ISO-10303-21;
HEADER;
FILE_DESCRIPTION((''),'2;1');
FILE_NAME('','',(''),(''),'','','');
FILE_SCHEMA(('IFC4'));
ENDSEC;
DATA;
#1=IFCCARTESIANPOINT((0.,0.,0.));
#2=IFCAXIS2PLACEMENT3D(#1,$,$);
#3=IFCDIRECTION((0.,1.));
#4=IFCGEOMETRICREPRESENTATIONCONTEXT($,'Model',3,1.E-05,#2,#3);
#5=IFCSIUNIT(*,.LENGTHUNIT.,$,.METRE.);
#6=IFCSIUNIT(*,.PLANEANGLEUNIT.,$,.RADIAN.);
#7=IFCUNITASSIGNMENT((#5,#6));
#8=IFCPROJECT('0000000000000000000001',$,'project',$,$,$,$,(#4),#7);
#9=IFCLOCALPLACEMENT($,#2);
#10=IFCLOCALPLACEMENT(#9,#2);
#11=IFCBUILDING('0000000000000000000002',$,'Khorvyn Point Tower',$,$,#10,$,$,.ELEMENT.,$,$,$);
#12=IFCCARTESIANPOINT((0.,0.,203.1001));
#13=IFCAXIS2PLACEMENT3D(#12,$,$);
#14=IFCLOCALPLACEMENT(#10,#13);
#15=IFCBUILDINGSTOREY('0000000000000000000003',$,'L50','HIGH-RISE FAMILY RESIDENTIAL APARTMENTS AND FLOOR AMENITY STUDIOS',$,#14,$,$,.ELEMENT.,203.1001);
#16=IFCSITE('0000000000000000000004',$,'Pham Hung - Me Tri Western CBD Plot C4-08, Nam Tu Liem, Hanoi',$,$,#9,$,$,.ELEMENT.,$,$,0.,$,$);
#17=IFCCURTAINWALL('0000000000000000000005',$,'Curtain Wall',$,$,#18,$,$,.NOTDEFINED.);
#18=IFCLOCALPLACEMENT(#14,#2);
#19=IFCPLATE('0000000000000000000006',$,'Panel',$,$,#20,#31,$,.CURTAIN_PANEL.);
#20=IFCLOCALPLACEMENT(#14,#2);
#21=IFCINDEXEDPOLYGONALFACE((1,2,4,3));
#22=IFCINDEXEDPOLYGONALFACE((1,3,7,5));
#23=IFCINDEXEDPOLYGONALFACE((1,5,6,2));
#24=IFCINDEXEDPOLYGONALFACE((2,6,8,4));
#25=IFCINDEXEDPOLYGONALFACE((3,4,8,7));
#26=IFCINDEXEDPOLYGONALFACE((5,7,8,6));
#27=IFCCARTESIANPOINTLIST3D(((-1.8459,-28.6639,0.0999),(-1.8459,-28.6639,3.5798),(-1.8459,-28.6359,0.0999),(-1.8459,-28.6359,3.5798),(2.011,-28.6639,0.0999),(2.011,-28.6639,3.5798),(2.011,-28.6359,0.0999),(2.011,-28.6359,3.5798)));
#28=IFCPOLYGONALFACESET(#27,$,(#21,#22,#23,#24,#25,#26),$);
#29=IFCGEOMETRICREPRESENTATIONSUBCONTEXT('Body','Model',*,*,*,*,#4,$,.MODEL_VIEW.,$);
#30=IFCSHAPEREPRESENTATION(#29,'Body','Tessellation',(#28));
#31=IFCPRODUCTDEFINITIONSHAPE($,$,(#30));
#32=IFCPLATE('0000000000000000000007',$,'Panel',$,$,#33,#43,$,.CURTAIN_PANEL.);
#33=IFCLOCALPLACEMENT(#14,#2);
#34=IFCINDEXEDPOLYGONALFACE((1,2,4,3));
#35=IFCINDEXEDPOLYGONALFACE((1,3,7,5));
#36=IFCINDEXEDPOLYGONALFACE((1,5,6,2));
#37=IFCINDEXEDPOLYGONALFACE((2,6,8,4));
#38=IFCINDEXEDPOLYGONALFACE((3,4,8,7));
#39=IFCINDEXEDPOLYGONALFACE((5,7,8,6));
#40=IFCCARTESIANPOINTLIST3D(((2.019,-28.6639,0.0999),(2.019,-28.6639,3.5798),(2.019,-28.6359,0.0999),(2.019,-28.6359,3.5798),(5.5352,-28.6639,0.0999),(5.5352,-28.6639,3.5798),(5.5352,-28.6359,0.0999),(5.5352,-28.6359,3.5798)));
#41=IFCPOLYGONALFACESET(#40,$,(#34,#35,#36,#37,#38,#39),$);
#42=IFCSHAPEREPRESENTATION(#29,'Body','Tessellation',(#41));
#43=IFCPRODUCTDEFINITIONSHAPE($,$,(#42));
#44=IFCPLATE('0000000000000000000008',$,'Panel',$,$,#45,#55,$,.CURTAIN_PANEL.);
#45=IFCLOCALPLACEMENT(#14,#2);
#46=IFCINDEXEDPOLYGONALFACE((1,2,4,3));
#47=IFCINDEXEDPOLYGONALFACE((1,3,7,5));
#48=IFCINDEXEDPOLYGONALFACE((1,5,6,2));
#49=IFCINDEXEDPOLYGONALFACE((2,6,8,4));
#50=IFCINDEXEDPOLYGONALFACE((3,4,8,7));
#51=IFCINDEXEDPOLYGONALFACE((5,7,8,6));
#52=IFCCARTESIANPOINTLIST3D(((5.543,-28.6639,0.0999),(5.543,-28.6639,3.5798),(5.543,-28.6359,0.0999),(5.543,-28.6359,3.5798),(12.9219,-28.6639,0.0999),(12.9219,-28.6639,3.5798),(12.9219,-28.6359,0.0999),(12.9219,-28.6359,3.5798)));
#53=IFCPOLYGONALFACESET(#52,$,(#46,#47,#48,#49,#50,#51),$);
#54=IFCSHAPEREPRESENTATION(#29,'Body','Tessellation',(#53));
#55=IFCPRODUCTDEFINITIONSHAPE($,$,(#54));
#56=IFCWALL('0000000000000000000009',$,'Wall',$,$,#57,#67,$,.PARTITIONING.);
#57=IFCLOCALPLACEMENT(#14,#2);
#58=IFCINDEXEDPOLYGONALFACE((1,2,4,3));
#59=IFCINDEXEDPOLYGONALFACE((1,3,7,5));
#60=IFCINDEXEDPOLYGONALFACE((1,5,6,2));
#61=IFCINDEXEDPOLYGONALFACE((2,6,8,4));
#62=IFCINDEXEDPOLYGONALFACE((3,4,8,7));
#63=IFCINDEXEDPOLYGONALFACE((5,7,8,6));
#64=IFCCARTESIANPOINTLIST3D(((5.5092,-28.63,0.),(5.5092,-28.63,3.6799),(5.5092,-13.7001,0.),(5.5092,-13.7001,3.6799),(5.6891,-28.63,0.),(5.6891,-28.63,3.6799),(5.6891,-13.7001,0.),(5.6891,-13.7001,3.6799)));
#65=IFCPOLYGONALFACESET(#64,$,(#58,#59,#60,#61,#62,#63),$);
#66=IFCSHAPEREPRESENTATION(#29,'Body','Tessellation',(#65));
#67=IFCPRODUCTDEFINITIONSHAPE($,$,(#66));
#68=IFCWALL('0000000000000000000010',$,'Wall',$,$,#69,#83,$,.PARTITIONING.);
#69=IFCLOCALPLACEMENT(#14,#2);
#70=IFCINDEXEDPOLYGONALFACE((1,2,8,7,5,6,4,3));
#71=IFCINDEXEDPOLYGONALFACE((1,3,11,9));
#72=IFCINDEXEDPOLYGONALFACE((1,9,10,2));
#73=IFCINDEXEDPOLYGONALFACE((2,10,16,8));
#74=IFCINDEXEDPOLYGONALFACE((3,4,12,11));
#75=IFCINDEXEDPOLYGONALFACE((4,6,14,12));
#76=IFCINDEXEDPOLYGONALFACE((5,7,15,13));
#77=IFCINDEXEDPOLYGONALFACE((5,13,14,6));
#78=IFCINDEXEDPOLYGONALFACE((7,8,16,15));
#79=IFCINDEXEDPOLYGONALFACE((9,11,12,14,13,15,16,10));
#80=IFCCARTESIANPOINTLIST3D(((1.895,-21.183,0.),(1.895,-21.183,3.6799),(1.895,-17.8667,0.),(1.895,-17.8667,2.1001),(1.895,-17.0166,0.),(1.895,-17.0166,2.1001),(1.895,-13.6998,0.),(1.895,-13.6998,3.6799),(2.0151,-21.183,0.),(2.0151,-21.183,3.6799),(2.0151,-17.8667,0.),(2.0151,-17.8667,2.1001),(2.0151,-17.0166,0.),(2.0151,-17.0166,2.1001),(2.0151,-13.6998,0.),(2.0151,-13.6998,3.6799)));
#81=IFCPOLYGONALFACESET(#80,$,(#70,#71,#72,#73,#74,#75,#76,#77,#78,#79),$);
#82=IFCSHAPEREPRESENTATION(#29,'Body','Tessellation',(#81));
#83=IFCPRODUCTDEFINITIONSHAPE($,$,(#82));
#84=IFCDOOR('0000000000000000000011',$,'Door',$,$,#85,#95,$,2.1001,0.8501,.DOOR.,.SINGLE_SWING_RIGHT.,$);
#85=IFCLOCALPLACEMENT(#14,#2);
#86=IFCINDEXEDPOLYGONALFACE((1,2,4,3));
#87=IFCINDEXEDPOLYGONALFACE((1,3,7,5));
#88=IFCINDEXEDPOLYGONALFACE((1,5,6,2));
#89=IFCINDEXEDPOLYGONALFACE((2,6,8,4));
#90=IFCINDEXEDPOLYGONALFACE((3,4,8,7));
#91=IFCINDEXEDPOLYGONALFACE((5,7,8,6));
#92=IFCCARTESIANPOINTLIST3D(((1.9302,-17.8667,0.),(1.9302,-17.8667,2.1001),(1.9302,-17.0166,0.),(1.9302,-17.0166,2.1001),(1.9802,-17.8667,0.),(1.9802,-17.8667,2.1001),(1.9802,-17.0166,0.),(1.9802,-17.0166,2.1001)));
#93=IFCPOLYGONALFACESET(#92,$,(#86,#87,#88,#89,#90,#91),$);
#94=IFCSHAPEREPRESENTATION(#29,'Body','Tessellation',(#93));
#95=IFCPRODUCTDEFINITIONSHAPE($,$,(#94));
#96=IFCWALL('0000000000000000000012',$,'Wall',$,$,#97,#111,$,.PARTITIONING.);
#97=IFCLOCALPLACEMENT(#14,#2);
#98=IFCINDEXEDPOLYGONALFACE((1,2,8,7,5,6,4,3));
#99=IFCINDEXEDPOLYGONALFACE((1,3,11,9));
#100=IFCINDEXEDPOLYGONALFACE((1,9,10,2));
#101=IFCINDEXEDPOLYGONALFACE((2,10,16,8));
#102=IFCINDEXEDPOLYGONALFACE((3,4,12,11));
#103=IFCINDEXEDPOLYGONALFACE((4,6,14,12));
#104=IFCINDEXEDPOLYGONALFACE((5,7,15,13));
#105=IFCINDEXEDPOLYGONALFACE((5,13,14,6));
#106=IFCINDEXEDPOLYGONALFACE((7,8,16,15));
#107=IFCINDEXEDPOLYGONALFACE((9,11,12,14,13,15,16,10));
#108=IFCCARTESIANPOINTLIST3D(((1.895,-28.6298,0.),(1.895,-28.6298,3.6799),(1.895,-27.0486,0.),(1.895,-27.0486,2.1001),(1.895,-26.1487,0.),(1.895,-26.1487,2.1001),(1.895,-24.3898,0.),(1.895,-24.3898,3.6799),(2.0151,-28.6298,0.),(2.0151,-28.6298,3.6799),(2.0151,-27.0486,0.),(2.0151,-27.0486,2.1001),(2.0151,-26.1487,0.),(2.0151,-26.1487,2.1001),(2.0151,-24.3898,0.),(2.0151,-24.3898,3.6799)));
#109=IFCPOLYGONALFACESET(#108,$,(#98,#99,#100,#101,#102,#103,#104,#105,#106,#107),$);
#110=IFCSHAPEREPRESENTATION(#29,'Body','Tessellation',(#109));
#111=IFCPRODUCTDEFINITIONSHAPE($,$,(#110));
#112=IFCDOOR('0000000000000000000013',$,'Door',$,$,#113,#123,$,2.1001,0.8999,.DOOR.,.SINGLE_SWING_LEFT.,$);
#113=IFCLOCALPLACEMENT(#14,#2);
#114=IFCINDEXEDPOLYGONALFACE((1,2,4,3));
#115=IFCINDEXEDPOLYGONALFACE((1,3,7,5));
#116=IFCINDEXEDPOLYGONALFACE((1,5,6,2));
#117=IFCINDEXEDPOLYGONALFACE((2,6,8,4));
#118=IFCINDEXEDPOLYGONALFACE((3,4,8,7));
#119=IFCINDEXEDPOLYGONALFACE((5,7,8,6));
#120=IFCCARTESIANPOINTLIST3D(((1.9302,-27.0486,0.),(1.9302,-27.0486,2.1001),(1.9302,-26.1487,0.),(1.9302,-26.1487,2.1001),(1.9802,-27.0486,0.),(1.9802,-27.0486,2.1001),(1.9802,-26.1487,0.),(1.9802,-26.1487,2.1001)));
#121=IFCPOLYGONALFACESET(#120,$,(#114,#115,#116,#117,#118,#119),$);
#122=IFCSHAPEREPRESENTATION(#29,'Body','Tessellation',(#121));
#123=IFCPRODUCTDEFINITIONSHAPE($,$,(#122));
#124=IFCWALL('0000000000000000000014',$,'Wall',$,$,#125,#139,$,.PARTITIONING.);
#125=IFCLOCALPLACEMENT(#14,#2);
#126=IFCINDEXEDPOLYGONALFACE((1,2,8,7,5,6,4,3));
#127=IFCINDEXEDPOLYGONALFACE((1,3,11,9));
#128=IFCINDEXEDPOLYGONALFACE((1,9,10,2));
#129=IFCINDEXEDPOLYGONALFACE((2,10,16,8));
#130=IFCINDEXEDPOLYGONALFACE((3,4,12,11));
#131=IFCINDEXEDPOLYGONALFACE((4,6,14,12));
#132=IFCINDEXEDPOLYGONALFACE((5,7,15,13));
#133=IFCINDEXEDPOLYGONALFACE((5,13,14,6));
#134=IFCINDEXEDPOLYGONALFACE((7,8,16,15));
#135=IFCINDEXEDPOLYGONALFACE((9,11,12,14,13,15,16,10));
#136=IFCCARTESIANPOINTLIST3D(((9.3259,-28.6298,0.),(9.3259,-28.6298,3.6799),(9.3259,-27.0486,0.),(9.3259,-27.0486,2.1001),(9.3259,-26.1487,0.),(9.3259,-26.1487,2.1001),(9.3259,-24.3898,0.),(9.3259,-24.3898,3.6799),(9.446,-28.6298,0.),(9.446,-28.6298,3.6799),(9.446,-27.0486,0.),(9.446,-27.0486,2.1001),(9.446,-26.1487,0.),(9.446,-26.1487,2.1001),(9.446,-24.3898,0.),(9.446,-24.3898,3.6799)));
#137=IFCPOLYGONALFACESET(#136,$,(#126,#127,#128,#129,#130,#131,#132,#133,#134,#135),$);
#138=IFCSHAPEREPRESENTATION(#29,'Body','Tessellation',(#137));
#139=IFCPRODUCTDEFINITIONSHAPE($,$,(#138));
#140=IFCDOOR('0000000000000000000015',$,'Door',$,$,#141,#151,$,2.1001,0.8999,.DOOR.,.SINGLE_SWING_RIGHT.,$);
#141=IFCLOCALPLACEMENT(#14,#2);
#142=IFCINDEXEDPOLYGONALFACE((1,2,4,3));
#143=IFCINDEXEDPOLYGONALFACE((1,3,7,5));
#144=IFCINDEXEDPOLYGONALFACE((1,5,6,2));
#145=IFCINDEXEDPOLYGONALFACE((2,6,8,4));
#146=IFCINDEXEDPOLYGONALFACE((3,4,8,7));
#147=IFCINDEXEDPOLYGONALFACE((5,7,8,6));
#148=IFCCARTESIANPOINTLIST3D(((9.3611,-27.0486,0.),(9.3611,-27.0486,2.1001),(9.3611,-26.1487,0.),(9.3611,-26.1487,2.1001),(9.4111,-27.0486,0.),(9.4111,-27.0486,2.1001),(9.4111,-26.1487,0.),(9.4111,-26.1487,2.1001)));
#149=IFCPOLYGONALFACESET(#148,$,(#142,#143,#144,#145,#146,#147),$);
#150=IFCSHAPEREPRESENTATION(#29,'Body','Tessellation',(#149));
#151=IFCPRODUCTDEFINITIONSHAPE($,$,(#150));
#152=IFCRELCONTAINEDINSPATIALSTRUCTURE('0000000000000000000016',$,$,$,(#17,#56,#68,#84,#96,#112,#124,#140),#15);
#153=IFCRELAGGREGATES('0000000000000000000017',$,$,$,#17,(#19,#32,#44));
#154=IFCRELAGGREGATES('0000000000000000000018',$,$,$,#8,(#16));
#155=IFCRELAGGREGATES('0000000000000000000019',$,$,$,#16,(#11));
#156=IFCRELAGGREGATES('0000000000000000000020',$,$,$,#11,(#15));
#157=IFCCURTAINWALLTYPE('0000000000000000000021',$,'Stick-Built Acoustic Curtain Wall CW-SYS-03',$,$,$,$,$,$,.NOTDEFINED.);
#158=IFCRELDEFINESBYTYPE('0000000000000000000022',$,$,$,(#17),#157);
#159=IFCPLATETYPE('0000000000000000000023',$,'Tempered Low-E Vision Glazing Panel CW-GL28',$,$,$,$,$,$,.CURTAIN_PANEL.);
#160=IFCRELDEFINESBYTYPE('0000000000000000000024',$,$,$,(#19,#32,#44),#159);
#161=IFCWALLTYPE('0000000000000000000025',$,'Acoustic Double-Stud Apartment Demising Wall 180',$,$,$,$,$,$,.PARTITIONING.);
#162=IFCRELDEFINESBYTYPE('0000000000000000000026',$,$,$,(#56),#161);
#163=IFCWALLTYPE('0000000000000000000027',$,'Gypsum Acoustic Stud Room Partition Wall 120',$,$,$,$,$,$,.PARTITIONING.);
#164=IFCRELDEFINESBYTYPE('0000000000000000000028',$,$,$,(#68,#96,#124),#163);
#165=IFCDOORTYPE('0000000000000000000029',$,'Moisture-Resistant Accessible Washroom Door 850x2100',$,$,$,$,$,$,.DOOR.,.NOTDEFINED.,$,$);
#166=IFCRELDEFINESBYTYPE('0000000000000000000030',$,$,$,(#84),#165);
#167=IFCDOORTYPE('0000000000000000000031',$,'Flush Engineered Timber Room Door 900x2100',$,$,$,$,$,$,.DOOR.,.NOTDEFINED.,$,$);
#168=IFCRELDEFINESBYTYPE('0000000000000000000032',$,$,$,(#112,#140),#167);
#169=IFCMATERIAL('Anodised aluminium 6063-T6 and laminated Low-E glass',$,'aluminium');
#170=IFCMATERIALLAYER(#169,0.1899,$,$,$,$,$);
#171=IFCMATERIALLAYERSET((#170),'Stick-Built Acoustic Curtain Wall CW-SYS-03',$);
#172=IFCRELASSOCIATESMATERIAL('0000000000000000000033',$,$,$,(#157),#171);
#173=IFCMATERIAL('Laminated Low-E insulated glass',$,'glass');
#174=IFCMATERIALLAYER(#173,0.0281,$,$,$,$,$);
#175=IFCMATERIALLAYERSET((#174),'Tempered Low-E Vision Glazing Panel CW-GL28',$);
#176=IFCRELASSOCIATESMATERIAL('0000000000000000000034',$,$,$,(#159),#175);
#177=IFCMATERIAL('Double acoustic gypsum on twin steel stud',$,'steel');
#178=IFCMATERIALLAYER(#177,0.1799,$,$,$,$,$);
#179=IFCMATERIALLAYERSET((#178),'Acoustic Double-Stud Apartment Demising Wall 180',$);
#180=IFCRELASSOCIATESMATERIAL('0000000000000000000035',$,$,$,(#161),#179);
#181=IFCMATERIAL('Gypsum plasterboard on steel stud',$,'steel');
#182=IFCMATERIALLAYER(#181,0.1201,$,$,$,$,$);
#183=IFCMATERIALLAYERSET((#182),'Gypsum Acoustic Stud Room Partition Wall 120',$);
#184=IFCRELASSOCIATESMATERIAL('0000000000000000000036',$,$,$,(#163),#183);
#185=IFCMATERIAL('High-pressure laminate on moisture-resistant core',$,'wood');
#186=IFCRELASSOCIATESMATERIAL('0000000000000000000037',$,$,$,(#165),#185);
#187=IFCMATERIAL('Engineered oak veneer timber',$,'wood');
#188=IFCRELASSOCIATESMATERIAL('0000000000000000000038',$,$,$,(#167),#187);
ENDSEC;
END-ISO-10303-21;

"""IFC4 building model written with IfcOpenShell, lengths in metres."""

from ifc_helpers import new_model, si_unit, direction, frame, frame_2d, origin, origin_2d, place, context, subcontext, project, spatial, rectangle, extrude, material, layer, layer_set, type_object, element, fill, aggregate, save


model = new_model("IFC4")

# Units and contexts
model_context = context("Model", 3, precision=1e-05, world=origin(), true_north=direction((0.0, 1.0)))
body_context = subcontext(model_context, "Body", "Model", "MODEL_VIEW")
ifc_project = project(units=[si_unit("LENGTHUNIT", "METRE"), si_unit("PLANEANGLEUNIT", "RADIAN")], contexts=[model_context])

# Site, building, storey
site_placement = place(None, origin())
site = spatial("IfcSite", under=ifc_project, at=site_placement, Name="Pham Hung - Me Tri Western CBD Plot C4-08, Nam Tu Liem, Hanoi", CompositionType="ELEMENT", RefElevation=0.0)
building_placement = place(site_placement, origin())
building = spatial("IfcBuilding", under=site, at=building_placement, Name="Khorvyn Point Tower", CompositionType="ELEMENT")
storey_placement = place(building_placement, frame((0.0, 0.0, 203.1001)))
storey = spatial("IfcBuildingStorey", under=building, at=storey_placement, Name="L50", Description="HIGH-RISE FAMILY RESIDENTIAL APARTMENTS AND FLOOR AMENITY STUDIOS", CompositionType="ELEMENT", Elevation=203.1001)

# Curtain wall, plates
ifc_material_1 = material(Name="Anodised aluminium 6063-T6 and laminated Low-E glass", Category="aluminium")
ifc_layer_1 = layer(ifc_material_1, 0.1899)
ifc_layer_set_1 = layer_set([ifc_layer_1], Name="Stick-Built Acoustic Curtain Wall CW-SYS-03")
curtain_wall_type = type_object("IfcCurtainWallType", Name="Stick-Built Acoustic Curtain Wall CW-SYS-03", PredefinedType="NOTDEFINED", material=ifc_layer_set_1)
curtain_wall_placement = place(storey_placement, origin())
curtain_wall = element("IfcCurtainWall", 1, at=curtain_wall_placement, inside=storey, type_object=curtain_wall_type, Name="Curtain Wall", PredefinedType="NOTDEFINED")
ifc_material_2 = material(Name="Laminated Low-E insulated glass", Category="glass")
ifc_layer_2 = layer(ifc_material_2, 0.0281)
ifc_layer_set_2 = layer_set([ifc_layer_2], Name="Tempered Low-E Vision Glazing Panel CW-GL28")
plate_type = type_object("IfcPlateType", Name="Tempered Low-E Vision Glazing Panel CW-GL28", PredefinedType="CURTAIN_PANEL", material=ifc_layer_set_2)
plate_1_placement = place(storey_placement, frame((0.0825, -28.6499, 0.0999), z_axis=(0.0, 0.0, 1.0), x_axis=(-1.0, 0.0, 0.0)))
plate_1 = element("IfcPlate", 2, at=plate_1_placement, type_object=plate_type, Name="Panel", PredefinedType="CURTAIN_PANEL", context=body_context, shape_type="SweptSolid", body=[
    extrude(rectangle(XDim=3.8569, YDim=0.0281, at=origin_2d()), origin(), (0.0, 0.0, 1.0), 3.48),
])
plate_2_placement = place(storey_placement, frame((3.7771, -28.6499, 0.0999), z_axis=(0.0, 0.0, 1.0), x_axis=(-1.0, 0.0, 0.0)))
plate_2 = element("IfcPlate", 3, at=plate_2_placement, type_object=plate_type, Name="Panel", PredefinedType="CURTAIN_PANEL", context=body_context, shape_type="SweptSolid", body=[
    extrude(rectangle(XDim=3.5161, YDim=0.0281, at=origin_2d()), origin(), (0.0, 0.0, 1.0), 3.48),
])
plate_3_placement = place(storey_placement, frame((9.2324, -28.6499, 0.0999), z_axis=(0.0, 0.0, 1.0), x_axis=(-1.0, 0.0, 0.0)))
plate_3 = element("IfcPlate", 4, at=plate_3_placement, type_object=plate_type, Name="Panel", PredefinedType="CURTAIN_PANEL", context=body_context, shape_type="SweptSolid", body=[
    extrude(rectangle(XDim=7.3789, YDim=0.0281, at=origin_2d()), origin(), (0.0, 0.0, 1.0), 3.48),
])
aggregate(curtain_wall, [plate_1, plate_2, plate_3])

# Wall
ifc_material_3 = material(Name="Double acoustic gypsum on twin steel stud", Category="steel")
ifc_layer_3 = layer(ifc_material_3, 0.1799)
ifc_layer_set_3 = layer_set([ifc_layer_3], Name="Acoustic Double-Stud Apartment Demising Wall 180")
wall_type_1 = type_object("IfcWallType", Name="Acoustic Double-Stud Apartment Demising Wall 180", PredefinedType="PARTITIONING", material=ifc_layer_set_3)
wall_1_placement = place(storey_placement, frame((5.5991, -28.6299, 0.0), z_axis=(0.0, 0.0, 1.0), x_axis=(0.0, 1.0, 0.0)))
element("IfcWall", 5, at=wall_1_placement, inside=storey, type_object=wall_type_1, Name="Wall", PredefinedType="PARTITIONING", context=body_context, shape_type="SweptSolid", body=[
    extrude(rectangle(XDim=14.9299, YDim=0.1799, at=frame_2d((7.4648, 0.0))), origin(), (0.0, 0.0, 1.0), 3.6799),
])

# Walls, openings, doors
ifc_material_4 = material(Name="Gypsum plasterboard on steel stud", Category="steel")
ifc_layer_4 = layer(ifc_material_4, 0.1201)
ifc_layer_set_4 = layer_set([ifc_layer_4], Name="Gypsum Acoustic Stud Room Partition Wall 120")
wall_type_2 = type_object("IfcWallType", Name="Gypsum Acoustic Stud Room Partition Wall 120", PredefinedType="PARTITIONING", material=ifc_layer_set_4)
wall_2_placement = place(storey_placement, frame((1.9551, -21.1831, 0.0), z_axis=(0.0, 0.0, 1.0), x_axis=(0.0, 1.0, 0.0)))
wall_2 = element("IfcWall", 6, at=wall_2_placement, inside=storey, type_object=wall_type_2, Name="Wall", PredefinedType="PARTITIONING", context=body_context, shape_type="SweptSolid", body=[
    extrude(rectangle(XDim=7.4832, YDim=0.1201, at=frame_2d((3.7417, 0.0))), origin(), (0.0, 0.0, 1.0), 3.6799),
])
opening_1_placement = place(wall_2_placement, frame((3.3164, 0.0, 0.0)))
opening_1 = element("IfcOpeningElement", 7, at=opening_1_placement, cuts=wall_2, PredefinedType="OPENING", context=body_context, shape_type="SweptSolid", body=[
    extrude(rectangle(XDim=0.8501, YDim=2.1001, at=frame_2d((0.425, 1.05))), frame((0.0, 0.0701, 0.0), z_axis=(0.0, -1.0, 0.0), x_axis=(1.0, 0.0, 0.0)), (0.0, 0.0, 1.0), 0.1401),
])
ifc_material_5 = material(Name="High-pressure laminate on moisture-resistant core", Category="wood")
door_type_1 = type_object("IfcDoorType", Name="Moisture-Resistant Accessible Washroom Door 850x2100", OperationType="NOTDEFINED", PredefinedType="DOOR", material=ifc_material_5)
door_1_placement = place(opening_1_placement, origin())
door_1 = element("IfcDoor", 8, at=door_1_placement, inside=storey, type_object=door_type_1, Name="Door", OperationType="SINGLE_SWING_RIGHT", OverallHeight=2.1001, OverallWidth=0.8501, PredefinedType="DOOR", context=body_context, shape_type="SweptSolid", body=[
    extrude(rectangle(XDim=0.8501, YDim=2.1001, at=frame_2d((0.425, 1.05))), frame((0.0, 0.0249, 0.0), z_axis=(0.0, -1.0, 0.0), x_axis=(1.0, 0.0, 0.0)), (0.0, 0.0, 1.0), 0.05),
])
fill(opening_1, door_1)
wall_3_placement = place(storey_placement, frame((1.9551, -28.6299, 0.0), z_axis=(0.0, 0.0, 1.0), x_axis=(0.0, 1.0, 0.0)))
wall_3 = element("IfcWall", 9, at=wall_3_placement, inside=storey, type_object=wall_type_2, Name="Wall", PredefinedType="PARTITIONING", context=body_context, shape_type="SweptSolid", body=[
    extrude(rectangle(XDim=4.24, YDim=0.1201, at=frame_2d((2.1201, 0.0))), origin(), (0.0, 0.0, 1.0), 3.6799),
])
opening_2_placement = place(wall_3_placement, frame((1.5813, 0.0, 0.0)))
opening_2 = element("IfcOpeningElement", 10, at=opening_2_placement, cuts=wall_3, PredefinedType="OPENING", context=body_context, shape_type="SweptSolid", body=[
    extrude(rectangle(XDim=0.8999, YDim=2.1001, at=frame_2d((0.45, 1.05))), frame((0.0, 0.0701, 0.0), z_axis=(0.0, -1.0, 0.0), x_axis=(1.0, 0.0, 0.0)), (0.0, 0.0, 1.0), 0.1401),
])
ifc_material_6 = material(Name="Engineered oak veneer timber", Category="wood")
door_type_2 = type_object("IfcDoorType", Name="Flush Engineered Timber Room Door 900x2100", OperationType="NOTDEFINED", PredefinedType="DOOR", material=ifc_material_6)
door_2_placement = place(opening_2_placement, origin())
door_2 = element("IfcDoor", 11, at=door_2_placement, inside=storey, type_object=door_type_2, Name="Door", OperationType="SINGLE_SWING_LEFT", OverallHeight=2.1001, OverallWidth=0.8999, PredefinedType="DOOR", context=body_context, shape_type="SweptSolid", body=[
    extrude(rectangle(XDim=0.8999, YDim=2.1001, at=frame_2d((0.45, 1.05))), frame((0.0, 0.0249, 0.0), z_axis=(0.0, -1.0, 0.0), x_axis=(1.0, 0.0, 0.0)), (0.0, 0.0, 1.0), 0.05),
])
fill(opening_2, door_2)
wall_4_placement = place(storey_placement, frame((9.386, -28.6299, 0.0), z_axis=(0.0, 0.0, 1.0), x_axis=(0.0, 1.0, 0.0)))
wall_4 = element("IfcWall", 12, at=wall_4_placement, inside=storey, type_object=wall_type_2, Name="Wall", PredefinedType="PARTITIONING", context=body_context, shape_type="SweptSolid", body=[
    extrude(rectangle(XDim=4.24, YDim=0.1201, at=frame_2d((2.1201, 0.0))), origin(), (0.0, 0.0, 1.0), 3.6799),
])
opening_3_placement = place(wall_4_placement, frame((1.5813, 0.0, 0.0)))
opening_3 = element("IfcOpeningElement", 13, at=opening_3_placement, cuts=wall_4, PredefinedType="OPENING", context=body_context, shape_type="SweptSolid", body=[
    extrude(rectangle(XDim=0.8999, YDim=2.1001, at=frame_2d((0.45, 1.05))), frame((0.0, 0.0701, 0.0), z_axis=(0.0, -1.0, 0.0), x_axis=(1.0, 0.0, 0.0)), (0.0, 0.0, 1.0), 0.1401),
])
door_3_placement = place(opening_3_placement, origin())
door_3 = element("IfcDoor", 14, at=door_3_placement, inside=storey, type_object=door_type_2, Name="Door", OperationType="SINGLE_SWING_RIGHT", OverallHeight=2.1001, OverallWidth=0.8999, PredefinedType="DOOR", context=body_context, shape_type="SweptSolid", body=[
    extrude(rectangle(XDim=0.8999, YDim=2.1001, at=frame_2d((0.45, 1.05))), frame((0.0, 0.0249, 0.0), z_axis=(0.0, -1.0, 0.0), x_axis=(1.0, 0.0, 0.0)), (0.0, 0.0, 1.0), 0.05),
])
fill(opening_3, door_3)

save(model, "model.ifc")
